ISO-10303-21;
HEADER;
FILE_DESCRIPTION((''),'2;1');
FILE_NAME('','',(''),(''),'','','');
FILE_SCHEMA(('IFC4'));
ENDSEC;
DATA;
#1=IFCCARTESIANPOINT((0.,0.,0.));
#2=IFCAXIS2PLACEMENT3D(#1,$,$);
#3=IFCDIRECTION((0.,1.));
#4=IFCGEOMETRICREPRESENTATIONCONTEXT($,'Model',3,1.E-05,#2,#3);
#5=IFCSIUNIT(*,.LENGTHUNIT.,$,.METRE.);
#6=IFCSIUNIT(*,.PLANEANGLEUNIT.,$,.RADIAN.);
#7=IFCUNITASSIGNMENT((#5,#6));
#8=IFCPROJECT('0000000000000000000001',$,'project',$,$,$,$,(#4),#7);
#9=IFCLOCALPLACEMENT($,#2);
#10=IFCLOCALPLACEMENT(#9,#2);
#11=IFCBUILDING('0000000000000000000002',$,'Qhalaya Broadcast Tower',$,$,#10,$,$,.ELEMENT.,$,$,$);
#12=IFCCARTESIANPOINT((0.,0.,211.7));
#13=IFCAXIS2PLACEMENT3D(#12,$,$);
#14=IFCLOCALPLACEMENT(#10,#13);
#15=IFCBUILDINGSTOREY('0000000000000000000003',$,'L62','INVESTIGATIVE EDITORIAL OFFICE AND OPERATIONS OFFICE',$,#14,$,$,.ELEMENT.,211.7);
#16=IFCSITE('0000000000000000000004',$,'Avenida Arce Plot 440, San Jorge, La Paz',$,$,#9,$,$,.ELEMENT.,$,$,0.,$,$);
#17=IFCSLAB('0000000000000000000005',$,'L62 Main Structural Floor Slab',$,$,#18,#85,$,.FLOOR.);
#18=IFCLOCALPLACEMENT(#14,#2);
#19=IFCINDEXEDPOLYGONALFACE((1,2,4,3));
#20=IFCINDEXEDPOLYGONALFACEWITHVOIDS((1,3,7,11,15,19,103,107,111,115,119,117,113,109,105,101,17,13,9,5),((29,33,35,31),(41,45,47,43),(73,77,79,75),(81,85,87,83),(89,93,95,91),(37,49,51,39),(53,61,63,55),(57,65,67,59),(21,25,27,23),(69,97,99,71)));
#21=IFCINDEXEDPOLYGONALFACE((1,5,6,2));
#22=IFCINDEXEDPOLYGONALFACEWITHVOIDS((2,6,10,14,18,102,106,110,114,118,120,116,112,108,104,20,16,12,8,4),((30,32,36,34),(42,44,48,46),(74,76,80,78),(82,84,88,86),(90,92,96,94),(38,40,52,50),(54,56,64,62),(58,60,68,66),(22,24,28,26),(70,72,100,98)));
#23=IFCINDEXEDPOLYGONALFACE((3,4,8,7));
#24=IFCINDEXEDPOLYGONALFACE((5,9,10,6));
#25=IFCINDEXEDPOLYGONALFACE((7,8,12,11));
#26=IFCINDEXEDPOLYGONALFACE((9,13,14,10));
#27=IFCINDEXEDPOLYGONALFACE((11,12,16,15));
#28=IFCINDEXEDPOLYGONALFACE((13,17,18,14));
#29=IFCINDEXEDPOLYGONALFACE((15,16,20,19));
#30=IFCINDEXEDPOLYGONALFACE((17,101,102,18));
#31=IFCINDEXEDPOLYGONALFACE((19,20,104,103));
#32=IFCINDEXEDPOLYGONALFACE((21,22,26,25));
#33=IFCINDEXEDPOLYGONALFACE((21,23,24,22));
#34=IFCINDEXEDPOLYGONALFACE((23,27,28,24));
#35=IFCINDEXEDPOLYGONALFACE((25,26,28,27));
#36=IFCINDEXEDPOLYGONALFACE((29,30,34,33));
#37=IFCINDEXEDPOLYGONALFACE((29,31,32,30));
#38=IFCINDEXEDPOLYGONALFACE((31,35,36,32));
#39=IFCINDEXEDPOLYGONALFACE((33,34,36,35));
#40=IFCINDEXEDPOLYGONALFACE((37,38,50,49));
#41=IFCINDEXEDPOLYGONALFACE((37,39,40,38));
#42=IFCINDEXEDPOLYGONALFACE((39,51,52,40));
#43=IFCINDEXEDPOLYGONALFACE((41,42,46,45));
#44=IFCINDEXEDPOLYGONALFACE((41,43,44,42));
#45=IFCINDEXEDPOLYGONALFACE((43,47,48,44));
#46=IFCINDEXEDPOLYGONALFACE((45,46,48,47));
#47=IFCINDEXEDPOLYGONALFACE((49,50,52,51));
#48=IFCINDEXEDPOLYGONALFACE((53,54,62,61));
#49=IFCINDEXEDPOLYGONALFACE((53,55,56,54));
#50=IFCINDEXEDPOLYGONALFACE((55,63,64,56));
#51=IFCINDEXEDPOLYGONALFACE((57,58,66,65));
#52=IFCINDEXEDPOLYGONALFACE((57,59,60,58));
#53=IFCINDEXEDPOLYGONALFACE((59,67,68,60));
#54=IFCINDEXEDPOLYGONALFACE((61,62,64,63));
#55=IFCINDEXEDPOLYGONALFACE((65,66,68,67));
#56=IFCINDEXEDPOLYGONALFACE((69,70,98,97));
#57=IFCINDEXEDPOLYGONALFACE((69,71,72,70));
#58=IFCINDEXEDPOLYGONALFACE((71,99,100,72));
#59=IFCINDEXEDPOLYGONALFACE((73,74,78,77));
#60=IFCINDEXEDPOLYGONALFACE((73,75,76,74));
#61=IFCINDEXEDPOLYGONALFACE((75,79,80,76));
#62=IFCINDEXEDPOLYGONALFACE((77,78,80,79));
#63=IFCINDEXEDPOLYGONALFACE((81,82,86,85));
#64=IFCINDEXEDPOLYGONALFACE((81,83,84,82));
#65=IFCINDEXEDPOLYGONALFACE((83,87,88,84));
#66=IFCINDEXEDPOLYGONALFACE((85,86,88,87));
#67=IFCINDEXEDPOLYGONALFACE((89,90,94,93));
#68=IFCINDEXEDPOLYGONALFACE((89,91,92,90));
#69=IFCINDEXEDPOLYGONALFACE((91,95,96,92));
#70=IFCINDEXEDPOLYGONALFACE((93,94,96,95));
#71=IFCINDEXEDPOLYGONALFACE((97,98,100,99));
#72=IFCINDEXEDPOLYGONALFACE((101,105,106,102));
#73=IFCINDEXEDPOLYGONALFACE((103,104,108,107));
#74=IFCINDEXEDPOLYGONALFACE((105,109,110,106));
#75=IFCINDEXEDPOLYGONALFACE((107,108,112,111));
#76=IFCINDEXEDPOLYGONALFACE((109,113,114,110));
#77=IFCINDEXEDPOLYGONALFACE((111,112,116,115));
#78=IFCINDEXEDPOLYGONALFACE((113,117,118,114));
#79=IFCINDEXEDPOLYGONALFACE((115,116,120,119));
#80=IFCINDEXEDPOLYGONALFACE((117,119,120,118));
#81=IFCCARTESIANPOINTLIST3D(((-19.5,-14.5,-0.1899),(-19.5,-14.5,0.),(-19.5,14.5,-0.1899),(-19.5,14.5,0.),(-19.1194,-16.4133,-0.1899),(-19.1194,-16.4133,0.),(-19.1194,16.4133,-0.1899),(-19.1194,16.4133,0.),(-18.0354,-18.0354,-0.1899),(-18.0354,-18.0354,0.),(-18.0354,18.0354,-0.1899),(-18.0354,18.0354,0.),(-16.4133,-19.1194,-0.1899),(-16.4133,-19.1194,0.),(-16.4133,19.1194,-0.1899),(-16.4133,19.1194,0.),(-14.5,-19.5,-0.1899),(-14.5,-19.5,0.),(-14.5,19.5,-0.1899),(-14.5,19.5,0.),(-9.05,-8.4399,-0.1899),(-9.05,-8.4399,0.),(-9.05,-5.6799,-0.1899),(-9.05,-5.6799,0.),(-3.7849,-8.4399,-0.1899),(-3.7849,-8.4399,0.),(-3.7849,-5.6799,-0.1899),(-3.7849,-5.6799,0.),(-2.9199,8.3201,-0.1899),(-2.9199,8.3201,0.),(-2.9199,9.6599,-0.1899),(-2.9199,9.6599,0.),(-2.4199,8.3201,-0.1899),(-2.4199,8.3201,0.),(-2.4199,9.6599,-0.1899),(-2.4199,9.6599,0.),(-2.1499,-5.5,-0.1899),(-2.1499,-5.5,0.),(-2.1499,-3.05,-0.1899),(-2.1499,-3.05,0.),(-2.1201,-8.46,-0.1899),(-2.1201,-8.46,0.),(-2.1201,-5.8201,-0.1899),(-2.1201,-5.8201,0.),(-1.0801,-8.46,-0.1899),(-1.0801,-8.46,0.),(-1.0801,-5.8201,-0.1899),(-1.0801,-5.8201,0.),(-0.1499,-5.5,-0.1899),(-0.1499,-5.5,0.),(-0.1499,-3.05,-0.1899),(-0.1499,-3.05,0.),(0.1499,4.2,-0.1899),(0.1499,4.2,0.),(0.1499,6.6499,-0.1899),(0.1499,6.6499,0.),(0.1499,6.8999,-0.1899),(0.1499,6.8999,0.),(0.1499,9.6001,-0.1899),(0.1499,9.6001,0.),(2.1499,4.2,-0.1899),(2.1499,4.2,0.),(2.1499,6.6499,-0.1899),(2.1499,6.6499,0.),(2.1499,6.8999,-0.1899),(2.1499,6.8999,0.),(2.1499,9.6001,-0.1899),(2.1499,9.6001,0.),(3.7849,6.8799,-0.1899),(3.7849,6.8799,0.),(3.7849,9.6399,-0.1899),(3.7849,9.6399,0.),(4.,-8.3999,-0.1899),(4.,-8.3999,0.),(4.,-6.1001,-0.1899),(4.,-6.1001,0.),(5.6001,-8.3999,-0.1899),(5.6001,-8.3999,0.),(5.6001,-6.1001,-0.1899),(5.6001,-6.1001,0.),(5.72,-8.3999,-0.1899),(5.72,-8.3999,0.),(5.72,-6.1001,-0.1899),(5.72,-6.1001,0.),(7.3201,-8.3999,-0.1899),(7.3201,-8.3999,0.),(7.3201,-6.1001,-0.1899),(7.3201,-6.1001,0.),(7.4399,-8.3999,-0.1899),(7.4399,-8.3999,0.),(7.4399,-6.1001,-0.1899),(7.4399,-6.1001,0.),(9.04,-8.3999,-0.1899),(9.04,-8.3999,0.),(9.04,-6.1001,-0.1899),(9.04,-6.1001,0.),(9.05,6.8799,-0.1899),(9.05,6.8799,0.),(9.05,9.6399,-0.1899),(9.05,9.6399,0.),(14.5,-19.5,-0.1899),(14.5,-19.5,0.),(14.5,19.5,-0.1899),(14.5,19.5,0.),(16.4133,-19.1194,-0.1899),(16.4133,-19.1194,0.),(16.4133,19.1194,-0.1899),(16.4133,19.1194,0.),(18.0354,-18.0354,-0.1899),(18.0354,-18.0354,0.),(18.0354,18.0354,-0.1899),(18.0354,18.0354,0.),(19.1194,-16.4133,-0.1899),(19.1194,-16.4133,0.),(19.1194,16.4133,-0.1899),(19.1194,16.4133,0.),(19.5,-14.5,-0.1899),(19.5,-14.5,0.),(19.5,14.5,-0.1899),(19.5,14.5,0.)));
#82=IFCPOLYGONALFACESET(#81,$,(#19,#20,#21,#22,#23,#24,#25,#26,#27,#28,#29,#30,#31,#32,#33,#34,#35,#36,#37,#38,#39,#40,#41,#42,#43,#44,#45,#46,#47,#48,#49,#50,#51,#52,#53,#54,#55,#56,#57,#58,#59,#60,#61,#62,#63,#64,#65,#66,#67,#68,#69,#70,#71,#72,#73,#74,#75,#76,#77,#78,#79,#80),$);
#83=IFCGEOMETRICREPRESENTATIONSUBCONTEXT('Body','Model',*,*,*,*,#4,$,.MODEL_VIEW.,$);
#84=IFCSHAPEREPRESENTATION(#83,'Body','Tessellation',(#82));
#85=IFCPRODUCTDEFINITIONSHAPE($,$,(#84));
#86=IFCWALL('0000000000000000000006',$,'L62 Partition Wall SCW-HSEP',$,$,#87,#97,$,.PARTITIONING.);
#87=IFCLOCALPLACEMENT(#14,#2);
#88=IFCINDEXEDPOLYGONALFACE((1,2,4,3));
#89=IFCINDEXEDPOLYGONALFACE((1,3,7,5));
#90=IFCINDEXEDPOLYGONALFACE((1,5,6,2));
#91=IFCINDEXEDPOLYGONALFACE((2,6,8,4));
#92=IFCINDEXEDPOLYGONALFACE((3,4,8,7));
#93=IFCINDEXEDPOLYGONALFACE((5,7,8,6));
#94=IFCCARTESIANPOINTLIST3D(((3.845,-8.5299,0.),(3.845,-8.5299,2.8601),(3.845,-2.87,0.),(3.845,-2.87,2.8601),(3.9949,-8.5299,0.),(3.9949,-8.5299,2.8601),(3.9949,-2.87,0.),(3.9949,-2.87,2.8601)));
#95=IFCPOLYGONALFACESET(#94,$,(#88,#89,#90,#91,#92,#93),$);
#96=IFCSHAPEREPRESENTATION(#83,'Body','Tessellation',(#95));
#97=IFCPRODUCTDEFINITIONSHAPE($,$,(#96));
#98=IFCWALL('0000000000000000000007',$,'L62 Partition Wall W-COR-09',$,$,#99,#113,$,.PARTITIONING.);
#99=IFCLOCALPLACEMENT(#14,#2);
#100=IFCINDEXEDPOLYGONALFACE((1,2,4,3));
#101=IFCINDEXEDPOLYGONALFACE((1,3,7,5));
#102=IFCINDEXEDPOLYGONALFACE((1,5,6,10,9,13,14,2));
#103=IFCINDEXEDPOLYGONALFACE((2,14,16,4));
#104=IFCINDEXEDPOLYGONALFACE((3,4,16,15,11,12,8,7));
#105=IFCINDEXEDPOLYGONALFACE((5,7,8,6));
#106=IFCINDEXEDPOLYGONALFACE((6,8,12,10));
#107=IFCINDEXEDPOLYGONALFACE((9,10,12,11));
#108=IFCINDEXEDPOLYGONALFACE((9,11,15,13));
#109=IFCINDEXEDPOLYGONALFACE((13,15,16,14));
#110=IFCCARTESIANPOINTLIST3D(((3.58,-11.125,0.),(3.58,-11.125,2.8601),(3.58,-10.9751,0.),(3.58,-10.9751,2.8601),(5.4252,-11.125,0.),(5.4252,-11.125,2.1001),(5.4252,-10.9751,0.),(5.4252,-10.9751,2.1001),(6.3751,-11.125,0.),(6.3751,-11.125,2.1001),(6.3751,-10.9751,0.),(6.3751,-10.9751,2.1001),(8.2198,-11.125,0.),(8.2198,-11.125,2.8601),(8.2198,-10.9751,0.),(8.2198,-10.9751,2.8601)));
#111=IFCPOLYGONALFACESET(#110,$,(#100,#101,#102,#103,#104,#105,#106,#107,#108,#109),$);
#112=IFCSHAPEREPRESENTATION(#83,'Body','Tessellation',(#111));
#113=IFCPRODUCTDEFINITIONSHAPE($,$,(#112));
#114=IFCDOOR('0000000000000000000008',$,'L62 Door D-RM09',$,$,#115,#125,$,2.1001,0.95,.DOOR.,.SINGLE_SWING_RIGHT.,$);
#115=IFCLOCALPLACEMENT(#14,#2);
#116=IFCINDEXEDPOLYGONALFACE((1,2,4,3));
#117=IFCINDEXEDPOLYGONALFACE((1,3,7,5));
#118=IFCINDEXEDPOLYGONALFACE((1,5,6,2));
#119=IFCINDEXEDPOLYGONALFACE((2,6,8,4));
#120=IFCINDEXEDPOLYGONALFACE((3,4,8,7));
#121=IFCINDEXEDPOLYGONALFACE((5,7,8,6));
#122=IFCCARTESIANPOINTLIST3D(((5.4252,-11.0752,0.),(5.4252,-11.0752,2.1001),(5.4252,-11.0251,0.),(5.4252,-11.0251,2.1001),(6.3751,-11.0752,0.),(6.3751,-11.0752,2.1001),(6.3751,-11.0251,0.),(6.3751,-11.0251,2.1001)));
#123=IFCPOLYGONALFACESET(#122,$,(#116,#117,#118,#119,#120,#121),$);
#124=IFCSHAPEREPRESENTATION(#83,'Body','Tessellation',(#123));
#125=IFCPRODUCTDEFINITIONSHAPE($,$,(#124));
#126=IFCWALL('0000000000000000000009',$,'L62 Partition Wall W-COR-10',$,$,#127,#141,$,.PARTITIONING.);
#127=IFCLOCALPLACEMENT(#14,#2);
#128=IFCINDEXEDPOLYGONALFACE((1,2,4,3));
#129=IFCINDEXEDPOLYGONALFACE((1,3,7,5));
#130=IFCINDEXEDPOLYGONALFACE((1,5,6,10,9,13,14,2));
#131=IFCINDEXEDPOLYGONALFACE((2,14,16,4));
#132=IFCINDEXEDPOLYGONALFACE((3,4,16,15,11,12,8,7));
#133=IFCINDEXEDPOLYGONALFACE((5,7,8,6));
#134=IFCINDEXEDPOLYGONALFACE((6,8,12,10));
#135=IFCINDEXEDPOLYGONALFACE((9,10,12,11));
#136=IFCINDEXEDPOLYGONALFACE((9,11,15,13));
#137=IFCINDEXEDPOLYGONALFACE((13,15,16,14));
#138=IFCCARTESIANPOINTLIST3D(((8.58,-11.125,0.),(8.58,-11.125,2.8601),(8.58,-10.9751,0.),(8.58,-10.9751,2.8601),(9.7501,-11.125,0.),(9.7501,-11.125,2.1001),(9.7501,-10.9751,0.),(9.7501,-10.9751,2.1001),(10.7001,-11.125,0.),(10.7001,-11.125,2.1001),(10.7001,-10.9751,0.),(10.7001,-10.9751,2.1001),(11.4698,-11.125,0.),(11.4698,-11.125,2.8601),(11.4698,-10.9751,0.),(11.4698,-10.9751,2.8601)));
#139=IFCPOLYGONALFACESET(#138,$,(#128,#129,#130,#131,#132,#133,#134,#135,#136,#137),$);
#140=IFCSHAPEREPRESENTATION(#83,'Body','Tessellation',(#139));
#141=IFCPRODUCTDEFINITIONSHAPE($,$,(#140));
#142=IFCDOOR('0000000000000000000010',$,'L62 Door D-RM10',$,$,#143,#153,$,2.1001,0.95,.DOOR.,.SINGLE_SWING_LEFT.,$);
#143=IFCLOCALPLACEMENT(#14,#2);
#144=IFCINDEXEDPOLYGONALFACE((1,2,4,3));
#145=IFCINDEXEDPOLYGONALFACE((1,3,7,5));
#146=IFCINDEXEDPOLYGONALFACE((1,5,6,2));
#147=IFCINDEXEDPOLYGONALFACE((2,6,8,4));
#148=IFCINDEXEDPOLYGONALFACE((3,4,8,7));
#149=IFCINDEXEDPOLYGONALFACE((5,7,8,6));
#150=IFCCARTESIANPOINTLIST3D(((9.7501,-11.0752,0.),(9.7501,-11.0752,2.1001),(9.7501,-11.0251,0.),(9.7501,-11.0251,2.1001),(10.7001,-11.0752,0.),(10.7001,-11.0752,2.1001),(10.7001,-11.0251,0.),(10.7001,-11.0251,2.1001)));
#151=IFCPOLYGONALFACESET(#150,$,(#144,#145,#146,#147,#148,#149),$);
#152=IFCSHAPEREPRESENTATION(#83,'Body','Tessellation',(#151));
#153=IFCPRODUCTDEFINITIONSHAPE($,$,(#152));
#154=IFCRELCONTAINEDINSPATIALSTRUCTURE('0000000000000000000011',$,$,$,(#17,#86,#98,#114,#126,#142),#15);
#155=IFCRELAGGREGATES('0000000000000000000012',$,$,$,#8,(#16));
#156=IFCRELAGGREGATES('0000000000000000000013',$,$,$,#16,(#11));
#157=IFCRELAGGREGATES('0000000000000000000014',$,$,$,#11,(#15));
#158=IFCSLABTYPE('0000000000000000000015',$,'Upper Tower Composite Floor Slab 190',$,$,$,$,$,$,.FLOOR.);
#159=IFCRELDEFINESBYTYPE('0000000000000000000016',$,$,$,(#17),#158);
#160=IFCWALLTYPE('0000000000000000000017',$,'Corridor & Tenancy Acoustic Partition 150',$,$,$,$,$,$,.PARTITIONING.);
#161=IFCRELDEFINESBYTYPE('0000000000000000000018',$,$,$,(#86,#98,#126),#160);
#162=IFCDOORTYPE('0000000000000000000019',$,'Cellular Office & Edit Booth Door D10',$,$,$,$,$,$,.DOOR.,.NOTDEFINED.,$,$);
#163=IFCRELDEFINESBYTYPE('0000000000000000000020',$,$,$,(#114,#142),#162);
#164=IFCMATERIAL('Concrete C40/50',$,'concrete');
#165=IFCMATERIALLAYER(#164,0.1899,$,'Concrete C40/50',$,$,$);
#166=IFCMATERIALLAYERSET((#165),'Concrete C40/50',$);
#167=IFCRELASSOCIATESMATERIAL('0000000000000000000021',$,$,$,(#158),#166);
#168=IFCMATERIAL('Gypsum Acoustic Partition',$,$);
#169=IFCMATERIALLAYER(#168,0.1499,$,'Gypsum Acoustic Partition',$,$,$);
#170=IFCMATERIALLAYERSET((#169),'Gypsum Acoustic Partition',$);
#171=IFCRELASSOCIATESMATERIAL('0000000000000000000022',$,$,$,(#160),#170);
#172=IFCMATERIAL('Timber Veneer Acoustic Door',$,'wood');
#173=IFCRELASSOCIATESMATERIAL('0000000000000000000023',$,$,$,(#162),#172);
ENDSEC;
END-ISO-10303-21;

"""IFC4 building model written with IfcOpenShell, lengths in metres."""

from ifc_helpers import new_model, si_unit, direction, frame, frame_2d, origin, place, context, subcontext, project, spatial, polyline, rectangle, outline, extrude, material, layer, layer_set, type_object, element, fill, save


model = new_model("IFC4")

# Units and contexts
model_context = context("Model", 3, precision=1e-05, world=origin(), true_north=direction((0.0, 1.0)))
body_context = subcontext(model_context, "Body", "Model", "MODEL_VIEW")
ifc_project = project(units=[si_unit("LENGTHUNIT", "METRE"), si_unit("PLANEANGLEUNIT", "RADIAN")], contexts=[model_context])

# Site, building, storey
site_placement = place(None, origin())
site = spatial("IfcSite", under=ifc_project, at=site_placement, Name="Avenida Arce Plot 440, San Jorge, La Paz", CompositionType="ELEMENT", RefElevation=0.0)
building_placement = place(site_placement, origin())
building = spatial("IfcBuilding", under=site, at=building_placement, Name="Qhalaya Broadcast Tower", CompositionType="ELEMENT")
storey_placement = place(building_placement, frame((0.0, 0.0, 211.7)))
storey = spatial("IfcBuildingStorey", under=building, at=storey_placement, Name="L62", Description="INVESTIGATIVE EDITORIAL OFFICE AND OPERATIONS OFFICE", CompositionType="ELEMENT", Elevation=211.7)

# Shared definitions
ifc_material_1 = material(Name="Concrete C40/50", Category="concrete")

# Slab
ifc_layer_1 = layer(ifc_material_1, 0.1899, Name="Concrete C40/50")
ifc_layer_set_1 = layer_set([ifc_layer_1], Name="Concrete C40/50")
slab_type_1 = type_object("IfcSlabType", Name="Upper Tower Composite Floor Slab 190", PredefinedType="FLOOR", material=ifc_layer_set_1)
slab_1_placement = place(storey_placement, frame((0.0, 0.0, -0.1899)))
element("IfcSlab", 1, at=slab_1_placement, inside=storey, type_object=slab_type_1, Name="L62 Main Structural Floor Slab", PredefinedType="FLOOR", context=body_context, shape_type="SweptSolid", body=[
    extrude(outline(polyline([(14.5, -19.5), (16.4133, -19.1194), (18.0354, -18.0354), (19.1194, -16.4133), (19.5, -14.5), (19.5, 14.5), (19.1194, 16.4133), (18.0354, 18.0354), (16.4133, 19.1194), (14.5, 19.5), (-14.5, 19.5), (-16.4133, 19.1194), (-18.0354, 18.0354), (-19.1194, 16.4133), (-19.5, 14.5), (-19.5, -14.5), (-19.1194, -16.4133), (-18.0354, -18.0354), (-16.4133, -19.1194), (-14.5, -19.5), (14.5, -19.5)]), holes=[polyline([(3.7849, 9.6399), (9.05, 9.6399), (9.05, 6.8799), (3.7849, 6.8799), (3.7849, 9.6399)]), polyline([(-3.7849, -8.4399), (-9.05, -8.4399), (-9.05, -5.6799), (-3.7849, -5.6799), (-3.7849, -8.4399)]), polyline([(0.1499, 6.6499), (2.1499, 6.6499), (2.1499, 4.2), (0.1499, 4.2), (0.1499, 6.6499)]), polyline([(0.1499, 9.6001), (2.1499, 9.6001), (2.1499, 6.8999), (0.1499, 6.8999), (0.1499, 9.6001)]), polyline([(-2.1499, -3.05), (-0.1499, -3.05), (-0.1499, -5.5), (-2.1499, -5.5), (-2.1499, -3.05)]), polyline([(4.0, -6.1001), (5.6001, -6.1001), (5.6001, -8.3999), (4.0, -8.3999), (4.0, -6.1001)]), polyline([(5.72, -6.1001), (7.3201, -6.1001), (7.3201, -8.3999), (5.72, -8.3999), (5.72, -6.1001)]), polyline([(7.4399, -6.1001), (9.04, -6.1001), (9.04, -8.3999), (7.4399, -8.3999), (7.4399, -6.1001)]), polyline([(-2.9199, 9.6599), (-2.4199, 9.6599), (-2.4199, 8.3201), (-2.9199, 8.3201), (-2.9199, 9.6599)]), polyline([(-2.1201, -5.8201), (-1.0801, -5.8201), (-1.0801, -8.46), (-2.1201, -8.46), (-2.1201, -5.8201)])]), origin(), (0.0, 0.0, 1.0), 0.1899),
])

# Wall
ifc_material_2 = material(Name="Gypsum Acoustic Partition")
ifc_layer_2 = layer(ifc_material_2, 0.1499, Name="Gypsum Acoustic Partition")
ifc_layer_set_2 = layer_set([ifc_layer_2], Name="Gypsum Acoustic Partition")
wall_type_1 = type_object("IfcWallType", Name="Corridor & Tenancy Acoustic Partition 150", PredefinedType="PARTITIONING", material=ifc_layer_set_2)
wall_1_placement = place(storey_placement, frame((3.9199, -8.53, 0.0), z_axis=(0.0, 0.0, 1.0), x_axis=(0.0, 1.0, 0.0)))
element("IfcWall", 2, at=wall_1_placement, inside=storey, type_object=wall_type_1, Name="L62 Partition Wall SCW-HSEP", PredefinedType="PARTITIONING", context=body_context, shape_type="SweptSolid", body=[
    extrude(rectangle(XDim=5.6599, YDim=0.1499, at=frame_2d((2.8301, 0.0))), origin(), (0.0, 0.0, 1.0), 2.8601),
])

# Walls, openings, doors
wall_2_placement = place(storey_placement, frame((3.5801, -11.05, 0.0), z_axis=(0.0, 0.0, 1.0), x_axis=(1.0, 0.0, 0.0)))
wall_2 = element("IfcWall", 3, at=wall_2_placement, inside=storey, type_object=wall_type_1, Name="L62 Partition Wall W-COR-09", PredefinedType="PARTITIONING", context=body_context, shape_type="SweptSolid", body=[
    extrude(rectangle(XDim=4.6399, YDim=0.1499, at=frame_2d((2.3198, 0.0))), origin(), (0.0, 0.0, 1.0), 2.8601),
])
opening_1_placement = place(wall_2_placement, frame((1.845, 0.0, 0.0)))
opening_1 = element("IfcOpeningElement", 4, at=opening_1_placement, cuts=wall_2, PredefinedType="OPENING", context=body_context, shape_type="SweptSolid", body=[
    extrude(rectangle(XDim=0.95, YDim=2.1001, at=frame_2d((0.4751, 1.05))), frame((0.0, 0.0869, 0.0), z_axis=(0.0, -1.0, 0.0), x_axis=(1.0, 0.0, 0.0)), (0.0, 0.0, 1.0), 0.1738),
])
ifc_material_3 = material(Name="Timber Veneer Acoustic Door", Category="wood")
door_type_1 = type_object("IfcDoorType", Name="Cellular Office & Edit Booth Door D10", OperationType="NOTDEFINED", PredefinedType="DOOR", material=ifc_material_3)
door_1_placement = place(opening_1_placement, origin())
door_1 = element("IfcDoor", 5, at=door_1_placement, inside=storey, type_object=door_type_1, Name="L62 Door D-RM09", OperationType="SINGLE_SWING_RIGHT", OverallHeight=2.1001, OverallWidth=0.95, PredefinedType="DOOR", context=body_context, shape_type="SweptSolid", body=[
    extrude(rectangle(XDim=0.95, YDim=2.1001, at=frame_2d((0.4751, 1.05))), frame((0.0, 0.0249, 0.0), z_axis=(0.0, -1.0, 0.0), x_axis=(1.0, 0.0, 0.0)), (0.0, 0.0, 1.0), 0.05),
])
fill(opening_1, door_1)
wall_3_placement = place(storey_placement, frame((8.5801, -11.05, 0.0), z_axis=(0.0, 0.0, 1.0), x_axis=(1.0, 0.0, 0.0)))
wall_3 = element("IfcWall", 6, at=wall_3_placement, inside=storey, type_object=wall_type_1, Name="L62 Partition Wall W-COR-10", PredefinedType="PARTITIONING", context=body_context, shape_type="SweptSolid", body=[
    extrude(rectangle(XDim=2.8899, YDim=0.1499, at=frame_2d((1.4448, 0.0))), origin(), (0.0, 0.0, 1.0), 2.8601),
])
opening_2_placement = place(wall_3_placement, frame((1.1699, 0.0, 0.0)))
opening_2 = element("IfcOpeningElement", 7, at=opening_2_placement, cuts=wall_3, PredefinedType="OPENING", context=body_context, shape_type="SweptSolid", body=[
    extrude(rectangle(XDim=0.95, YDim=2.1001, at=frame_2d((0.4751, 1.05))), frame((0.0, 0.0869, 0.0), z_axis=(0.0, -1.0, 0.0), x_axis=(1.0, 0.0, 0.0)), (0.0, 0.0, 1.0), 0.1738),
])
door_2_placement = place(opening_2_placement, origin())
door_2 = element("IfcDoor", 8, at=door_2_placement, inside=storey, type_object=door_type_1, Name="L62 Door D-RM10", OperationType="SINGLE_SWING_LEFT", OverallHeight=2.1001, OverallWidth=0.95, PredefinedType="DOOR", context=body_context, shape_type="SweptSolid", body=[
    extrude(rectangle(XDim=0.95, YDim=2.1001, at=frame_2d((0.4751, 1.05))), frame((0.0, 0.0249, 0.0), z_axis=(0.0, -1.0, 0.0), x_axis=(1.0, 0.0, 0.0)), (0.0, 0.0, 1.0), 0.05),
])
fill(opening_2, door_2)

save(model, "model.ifc")
